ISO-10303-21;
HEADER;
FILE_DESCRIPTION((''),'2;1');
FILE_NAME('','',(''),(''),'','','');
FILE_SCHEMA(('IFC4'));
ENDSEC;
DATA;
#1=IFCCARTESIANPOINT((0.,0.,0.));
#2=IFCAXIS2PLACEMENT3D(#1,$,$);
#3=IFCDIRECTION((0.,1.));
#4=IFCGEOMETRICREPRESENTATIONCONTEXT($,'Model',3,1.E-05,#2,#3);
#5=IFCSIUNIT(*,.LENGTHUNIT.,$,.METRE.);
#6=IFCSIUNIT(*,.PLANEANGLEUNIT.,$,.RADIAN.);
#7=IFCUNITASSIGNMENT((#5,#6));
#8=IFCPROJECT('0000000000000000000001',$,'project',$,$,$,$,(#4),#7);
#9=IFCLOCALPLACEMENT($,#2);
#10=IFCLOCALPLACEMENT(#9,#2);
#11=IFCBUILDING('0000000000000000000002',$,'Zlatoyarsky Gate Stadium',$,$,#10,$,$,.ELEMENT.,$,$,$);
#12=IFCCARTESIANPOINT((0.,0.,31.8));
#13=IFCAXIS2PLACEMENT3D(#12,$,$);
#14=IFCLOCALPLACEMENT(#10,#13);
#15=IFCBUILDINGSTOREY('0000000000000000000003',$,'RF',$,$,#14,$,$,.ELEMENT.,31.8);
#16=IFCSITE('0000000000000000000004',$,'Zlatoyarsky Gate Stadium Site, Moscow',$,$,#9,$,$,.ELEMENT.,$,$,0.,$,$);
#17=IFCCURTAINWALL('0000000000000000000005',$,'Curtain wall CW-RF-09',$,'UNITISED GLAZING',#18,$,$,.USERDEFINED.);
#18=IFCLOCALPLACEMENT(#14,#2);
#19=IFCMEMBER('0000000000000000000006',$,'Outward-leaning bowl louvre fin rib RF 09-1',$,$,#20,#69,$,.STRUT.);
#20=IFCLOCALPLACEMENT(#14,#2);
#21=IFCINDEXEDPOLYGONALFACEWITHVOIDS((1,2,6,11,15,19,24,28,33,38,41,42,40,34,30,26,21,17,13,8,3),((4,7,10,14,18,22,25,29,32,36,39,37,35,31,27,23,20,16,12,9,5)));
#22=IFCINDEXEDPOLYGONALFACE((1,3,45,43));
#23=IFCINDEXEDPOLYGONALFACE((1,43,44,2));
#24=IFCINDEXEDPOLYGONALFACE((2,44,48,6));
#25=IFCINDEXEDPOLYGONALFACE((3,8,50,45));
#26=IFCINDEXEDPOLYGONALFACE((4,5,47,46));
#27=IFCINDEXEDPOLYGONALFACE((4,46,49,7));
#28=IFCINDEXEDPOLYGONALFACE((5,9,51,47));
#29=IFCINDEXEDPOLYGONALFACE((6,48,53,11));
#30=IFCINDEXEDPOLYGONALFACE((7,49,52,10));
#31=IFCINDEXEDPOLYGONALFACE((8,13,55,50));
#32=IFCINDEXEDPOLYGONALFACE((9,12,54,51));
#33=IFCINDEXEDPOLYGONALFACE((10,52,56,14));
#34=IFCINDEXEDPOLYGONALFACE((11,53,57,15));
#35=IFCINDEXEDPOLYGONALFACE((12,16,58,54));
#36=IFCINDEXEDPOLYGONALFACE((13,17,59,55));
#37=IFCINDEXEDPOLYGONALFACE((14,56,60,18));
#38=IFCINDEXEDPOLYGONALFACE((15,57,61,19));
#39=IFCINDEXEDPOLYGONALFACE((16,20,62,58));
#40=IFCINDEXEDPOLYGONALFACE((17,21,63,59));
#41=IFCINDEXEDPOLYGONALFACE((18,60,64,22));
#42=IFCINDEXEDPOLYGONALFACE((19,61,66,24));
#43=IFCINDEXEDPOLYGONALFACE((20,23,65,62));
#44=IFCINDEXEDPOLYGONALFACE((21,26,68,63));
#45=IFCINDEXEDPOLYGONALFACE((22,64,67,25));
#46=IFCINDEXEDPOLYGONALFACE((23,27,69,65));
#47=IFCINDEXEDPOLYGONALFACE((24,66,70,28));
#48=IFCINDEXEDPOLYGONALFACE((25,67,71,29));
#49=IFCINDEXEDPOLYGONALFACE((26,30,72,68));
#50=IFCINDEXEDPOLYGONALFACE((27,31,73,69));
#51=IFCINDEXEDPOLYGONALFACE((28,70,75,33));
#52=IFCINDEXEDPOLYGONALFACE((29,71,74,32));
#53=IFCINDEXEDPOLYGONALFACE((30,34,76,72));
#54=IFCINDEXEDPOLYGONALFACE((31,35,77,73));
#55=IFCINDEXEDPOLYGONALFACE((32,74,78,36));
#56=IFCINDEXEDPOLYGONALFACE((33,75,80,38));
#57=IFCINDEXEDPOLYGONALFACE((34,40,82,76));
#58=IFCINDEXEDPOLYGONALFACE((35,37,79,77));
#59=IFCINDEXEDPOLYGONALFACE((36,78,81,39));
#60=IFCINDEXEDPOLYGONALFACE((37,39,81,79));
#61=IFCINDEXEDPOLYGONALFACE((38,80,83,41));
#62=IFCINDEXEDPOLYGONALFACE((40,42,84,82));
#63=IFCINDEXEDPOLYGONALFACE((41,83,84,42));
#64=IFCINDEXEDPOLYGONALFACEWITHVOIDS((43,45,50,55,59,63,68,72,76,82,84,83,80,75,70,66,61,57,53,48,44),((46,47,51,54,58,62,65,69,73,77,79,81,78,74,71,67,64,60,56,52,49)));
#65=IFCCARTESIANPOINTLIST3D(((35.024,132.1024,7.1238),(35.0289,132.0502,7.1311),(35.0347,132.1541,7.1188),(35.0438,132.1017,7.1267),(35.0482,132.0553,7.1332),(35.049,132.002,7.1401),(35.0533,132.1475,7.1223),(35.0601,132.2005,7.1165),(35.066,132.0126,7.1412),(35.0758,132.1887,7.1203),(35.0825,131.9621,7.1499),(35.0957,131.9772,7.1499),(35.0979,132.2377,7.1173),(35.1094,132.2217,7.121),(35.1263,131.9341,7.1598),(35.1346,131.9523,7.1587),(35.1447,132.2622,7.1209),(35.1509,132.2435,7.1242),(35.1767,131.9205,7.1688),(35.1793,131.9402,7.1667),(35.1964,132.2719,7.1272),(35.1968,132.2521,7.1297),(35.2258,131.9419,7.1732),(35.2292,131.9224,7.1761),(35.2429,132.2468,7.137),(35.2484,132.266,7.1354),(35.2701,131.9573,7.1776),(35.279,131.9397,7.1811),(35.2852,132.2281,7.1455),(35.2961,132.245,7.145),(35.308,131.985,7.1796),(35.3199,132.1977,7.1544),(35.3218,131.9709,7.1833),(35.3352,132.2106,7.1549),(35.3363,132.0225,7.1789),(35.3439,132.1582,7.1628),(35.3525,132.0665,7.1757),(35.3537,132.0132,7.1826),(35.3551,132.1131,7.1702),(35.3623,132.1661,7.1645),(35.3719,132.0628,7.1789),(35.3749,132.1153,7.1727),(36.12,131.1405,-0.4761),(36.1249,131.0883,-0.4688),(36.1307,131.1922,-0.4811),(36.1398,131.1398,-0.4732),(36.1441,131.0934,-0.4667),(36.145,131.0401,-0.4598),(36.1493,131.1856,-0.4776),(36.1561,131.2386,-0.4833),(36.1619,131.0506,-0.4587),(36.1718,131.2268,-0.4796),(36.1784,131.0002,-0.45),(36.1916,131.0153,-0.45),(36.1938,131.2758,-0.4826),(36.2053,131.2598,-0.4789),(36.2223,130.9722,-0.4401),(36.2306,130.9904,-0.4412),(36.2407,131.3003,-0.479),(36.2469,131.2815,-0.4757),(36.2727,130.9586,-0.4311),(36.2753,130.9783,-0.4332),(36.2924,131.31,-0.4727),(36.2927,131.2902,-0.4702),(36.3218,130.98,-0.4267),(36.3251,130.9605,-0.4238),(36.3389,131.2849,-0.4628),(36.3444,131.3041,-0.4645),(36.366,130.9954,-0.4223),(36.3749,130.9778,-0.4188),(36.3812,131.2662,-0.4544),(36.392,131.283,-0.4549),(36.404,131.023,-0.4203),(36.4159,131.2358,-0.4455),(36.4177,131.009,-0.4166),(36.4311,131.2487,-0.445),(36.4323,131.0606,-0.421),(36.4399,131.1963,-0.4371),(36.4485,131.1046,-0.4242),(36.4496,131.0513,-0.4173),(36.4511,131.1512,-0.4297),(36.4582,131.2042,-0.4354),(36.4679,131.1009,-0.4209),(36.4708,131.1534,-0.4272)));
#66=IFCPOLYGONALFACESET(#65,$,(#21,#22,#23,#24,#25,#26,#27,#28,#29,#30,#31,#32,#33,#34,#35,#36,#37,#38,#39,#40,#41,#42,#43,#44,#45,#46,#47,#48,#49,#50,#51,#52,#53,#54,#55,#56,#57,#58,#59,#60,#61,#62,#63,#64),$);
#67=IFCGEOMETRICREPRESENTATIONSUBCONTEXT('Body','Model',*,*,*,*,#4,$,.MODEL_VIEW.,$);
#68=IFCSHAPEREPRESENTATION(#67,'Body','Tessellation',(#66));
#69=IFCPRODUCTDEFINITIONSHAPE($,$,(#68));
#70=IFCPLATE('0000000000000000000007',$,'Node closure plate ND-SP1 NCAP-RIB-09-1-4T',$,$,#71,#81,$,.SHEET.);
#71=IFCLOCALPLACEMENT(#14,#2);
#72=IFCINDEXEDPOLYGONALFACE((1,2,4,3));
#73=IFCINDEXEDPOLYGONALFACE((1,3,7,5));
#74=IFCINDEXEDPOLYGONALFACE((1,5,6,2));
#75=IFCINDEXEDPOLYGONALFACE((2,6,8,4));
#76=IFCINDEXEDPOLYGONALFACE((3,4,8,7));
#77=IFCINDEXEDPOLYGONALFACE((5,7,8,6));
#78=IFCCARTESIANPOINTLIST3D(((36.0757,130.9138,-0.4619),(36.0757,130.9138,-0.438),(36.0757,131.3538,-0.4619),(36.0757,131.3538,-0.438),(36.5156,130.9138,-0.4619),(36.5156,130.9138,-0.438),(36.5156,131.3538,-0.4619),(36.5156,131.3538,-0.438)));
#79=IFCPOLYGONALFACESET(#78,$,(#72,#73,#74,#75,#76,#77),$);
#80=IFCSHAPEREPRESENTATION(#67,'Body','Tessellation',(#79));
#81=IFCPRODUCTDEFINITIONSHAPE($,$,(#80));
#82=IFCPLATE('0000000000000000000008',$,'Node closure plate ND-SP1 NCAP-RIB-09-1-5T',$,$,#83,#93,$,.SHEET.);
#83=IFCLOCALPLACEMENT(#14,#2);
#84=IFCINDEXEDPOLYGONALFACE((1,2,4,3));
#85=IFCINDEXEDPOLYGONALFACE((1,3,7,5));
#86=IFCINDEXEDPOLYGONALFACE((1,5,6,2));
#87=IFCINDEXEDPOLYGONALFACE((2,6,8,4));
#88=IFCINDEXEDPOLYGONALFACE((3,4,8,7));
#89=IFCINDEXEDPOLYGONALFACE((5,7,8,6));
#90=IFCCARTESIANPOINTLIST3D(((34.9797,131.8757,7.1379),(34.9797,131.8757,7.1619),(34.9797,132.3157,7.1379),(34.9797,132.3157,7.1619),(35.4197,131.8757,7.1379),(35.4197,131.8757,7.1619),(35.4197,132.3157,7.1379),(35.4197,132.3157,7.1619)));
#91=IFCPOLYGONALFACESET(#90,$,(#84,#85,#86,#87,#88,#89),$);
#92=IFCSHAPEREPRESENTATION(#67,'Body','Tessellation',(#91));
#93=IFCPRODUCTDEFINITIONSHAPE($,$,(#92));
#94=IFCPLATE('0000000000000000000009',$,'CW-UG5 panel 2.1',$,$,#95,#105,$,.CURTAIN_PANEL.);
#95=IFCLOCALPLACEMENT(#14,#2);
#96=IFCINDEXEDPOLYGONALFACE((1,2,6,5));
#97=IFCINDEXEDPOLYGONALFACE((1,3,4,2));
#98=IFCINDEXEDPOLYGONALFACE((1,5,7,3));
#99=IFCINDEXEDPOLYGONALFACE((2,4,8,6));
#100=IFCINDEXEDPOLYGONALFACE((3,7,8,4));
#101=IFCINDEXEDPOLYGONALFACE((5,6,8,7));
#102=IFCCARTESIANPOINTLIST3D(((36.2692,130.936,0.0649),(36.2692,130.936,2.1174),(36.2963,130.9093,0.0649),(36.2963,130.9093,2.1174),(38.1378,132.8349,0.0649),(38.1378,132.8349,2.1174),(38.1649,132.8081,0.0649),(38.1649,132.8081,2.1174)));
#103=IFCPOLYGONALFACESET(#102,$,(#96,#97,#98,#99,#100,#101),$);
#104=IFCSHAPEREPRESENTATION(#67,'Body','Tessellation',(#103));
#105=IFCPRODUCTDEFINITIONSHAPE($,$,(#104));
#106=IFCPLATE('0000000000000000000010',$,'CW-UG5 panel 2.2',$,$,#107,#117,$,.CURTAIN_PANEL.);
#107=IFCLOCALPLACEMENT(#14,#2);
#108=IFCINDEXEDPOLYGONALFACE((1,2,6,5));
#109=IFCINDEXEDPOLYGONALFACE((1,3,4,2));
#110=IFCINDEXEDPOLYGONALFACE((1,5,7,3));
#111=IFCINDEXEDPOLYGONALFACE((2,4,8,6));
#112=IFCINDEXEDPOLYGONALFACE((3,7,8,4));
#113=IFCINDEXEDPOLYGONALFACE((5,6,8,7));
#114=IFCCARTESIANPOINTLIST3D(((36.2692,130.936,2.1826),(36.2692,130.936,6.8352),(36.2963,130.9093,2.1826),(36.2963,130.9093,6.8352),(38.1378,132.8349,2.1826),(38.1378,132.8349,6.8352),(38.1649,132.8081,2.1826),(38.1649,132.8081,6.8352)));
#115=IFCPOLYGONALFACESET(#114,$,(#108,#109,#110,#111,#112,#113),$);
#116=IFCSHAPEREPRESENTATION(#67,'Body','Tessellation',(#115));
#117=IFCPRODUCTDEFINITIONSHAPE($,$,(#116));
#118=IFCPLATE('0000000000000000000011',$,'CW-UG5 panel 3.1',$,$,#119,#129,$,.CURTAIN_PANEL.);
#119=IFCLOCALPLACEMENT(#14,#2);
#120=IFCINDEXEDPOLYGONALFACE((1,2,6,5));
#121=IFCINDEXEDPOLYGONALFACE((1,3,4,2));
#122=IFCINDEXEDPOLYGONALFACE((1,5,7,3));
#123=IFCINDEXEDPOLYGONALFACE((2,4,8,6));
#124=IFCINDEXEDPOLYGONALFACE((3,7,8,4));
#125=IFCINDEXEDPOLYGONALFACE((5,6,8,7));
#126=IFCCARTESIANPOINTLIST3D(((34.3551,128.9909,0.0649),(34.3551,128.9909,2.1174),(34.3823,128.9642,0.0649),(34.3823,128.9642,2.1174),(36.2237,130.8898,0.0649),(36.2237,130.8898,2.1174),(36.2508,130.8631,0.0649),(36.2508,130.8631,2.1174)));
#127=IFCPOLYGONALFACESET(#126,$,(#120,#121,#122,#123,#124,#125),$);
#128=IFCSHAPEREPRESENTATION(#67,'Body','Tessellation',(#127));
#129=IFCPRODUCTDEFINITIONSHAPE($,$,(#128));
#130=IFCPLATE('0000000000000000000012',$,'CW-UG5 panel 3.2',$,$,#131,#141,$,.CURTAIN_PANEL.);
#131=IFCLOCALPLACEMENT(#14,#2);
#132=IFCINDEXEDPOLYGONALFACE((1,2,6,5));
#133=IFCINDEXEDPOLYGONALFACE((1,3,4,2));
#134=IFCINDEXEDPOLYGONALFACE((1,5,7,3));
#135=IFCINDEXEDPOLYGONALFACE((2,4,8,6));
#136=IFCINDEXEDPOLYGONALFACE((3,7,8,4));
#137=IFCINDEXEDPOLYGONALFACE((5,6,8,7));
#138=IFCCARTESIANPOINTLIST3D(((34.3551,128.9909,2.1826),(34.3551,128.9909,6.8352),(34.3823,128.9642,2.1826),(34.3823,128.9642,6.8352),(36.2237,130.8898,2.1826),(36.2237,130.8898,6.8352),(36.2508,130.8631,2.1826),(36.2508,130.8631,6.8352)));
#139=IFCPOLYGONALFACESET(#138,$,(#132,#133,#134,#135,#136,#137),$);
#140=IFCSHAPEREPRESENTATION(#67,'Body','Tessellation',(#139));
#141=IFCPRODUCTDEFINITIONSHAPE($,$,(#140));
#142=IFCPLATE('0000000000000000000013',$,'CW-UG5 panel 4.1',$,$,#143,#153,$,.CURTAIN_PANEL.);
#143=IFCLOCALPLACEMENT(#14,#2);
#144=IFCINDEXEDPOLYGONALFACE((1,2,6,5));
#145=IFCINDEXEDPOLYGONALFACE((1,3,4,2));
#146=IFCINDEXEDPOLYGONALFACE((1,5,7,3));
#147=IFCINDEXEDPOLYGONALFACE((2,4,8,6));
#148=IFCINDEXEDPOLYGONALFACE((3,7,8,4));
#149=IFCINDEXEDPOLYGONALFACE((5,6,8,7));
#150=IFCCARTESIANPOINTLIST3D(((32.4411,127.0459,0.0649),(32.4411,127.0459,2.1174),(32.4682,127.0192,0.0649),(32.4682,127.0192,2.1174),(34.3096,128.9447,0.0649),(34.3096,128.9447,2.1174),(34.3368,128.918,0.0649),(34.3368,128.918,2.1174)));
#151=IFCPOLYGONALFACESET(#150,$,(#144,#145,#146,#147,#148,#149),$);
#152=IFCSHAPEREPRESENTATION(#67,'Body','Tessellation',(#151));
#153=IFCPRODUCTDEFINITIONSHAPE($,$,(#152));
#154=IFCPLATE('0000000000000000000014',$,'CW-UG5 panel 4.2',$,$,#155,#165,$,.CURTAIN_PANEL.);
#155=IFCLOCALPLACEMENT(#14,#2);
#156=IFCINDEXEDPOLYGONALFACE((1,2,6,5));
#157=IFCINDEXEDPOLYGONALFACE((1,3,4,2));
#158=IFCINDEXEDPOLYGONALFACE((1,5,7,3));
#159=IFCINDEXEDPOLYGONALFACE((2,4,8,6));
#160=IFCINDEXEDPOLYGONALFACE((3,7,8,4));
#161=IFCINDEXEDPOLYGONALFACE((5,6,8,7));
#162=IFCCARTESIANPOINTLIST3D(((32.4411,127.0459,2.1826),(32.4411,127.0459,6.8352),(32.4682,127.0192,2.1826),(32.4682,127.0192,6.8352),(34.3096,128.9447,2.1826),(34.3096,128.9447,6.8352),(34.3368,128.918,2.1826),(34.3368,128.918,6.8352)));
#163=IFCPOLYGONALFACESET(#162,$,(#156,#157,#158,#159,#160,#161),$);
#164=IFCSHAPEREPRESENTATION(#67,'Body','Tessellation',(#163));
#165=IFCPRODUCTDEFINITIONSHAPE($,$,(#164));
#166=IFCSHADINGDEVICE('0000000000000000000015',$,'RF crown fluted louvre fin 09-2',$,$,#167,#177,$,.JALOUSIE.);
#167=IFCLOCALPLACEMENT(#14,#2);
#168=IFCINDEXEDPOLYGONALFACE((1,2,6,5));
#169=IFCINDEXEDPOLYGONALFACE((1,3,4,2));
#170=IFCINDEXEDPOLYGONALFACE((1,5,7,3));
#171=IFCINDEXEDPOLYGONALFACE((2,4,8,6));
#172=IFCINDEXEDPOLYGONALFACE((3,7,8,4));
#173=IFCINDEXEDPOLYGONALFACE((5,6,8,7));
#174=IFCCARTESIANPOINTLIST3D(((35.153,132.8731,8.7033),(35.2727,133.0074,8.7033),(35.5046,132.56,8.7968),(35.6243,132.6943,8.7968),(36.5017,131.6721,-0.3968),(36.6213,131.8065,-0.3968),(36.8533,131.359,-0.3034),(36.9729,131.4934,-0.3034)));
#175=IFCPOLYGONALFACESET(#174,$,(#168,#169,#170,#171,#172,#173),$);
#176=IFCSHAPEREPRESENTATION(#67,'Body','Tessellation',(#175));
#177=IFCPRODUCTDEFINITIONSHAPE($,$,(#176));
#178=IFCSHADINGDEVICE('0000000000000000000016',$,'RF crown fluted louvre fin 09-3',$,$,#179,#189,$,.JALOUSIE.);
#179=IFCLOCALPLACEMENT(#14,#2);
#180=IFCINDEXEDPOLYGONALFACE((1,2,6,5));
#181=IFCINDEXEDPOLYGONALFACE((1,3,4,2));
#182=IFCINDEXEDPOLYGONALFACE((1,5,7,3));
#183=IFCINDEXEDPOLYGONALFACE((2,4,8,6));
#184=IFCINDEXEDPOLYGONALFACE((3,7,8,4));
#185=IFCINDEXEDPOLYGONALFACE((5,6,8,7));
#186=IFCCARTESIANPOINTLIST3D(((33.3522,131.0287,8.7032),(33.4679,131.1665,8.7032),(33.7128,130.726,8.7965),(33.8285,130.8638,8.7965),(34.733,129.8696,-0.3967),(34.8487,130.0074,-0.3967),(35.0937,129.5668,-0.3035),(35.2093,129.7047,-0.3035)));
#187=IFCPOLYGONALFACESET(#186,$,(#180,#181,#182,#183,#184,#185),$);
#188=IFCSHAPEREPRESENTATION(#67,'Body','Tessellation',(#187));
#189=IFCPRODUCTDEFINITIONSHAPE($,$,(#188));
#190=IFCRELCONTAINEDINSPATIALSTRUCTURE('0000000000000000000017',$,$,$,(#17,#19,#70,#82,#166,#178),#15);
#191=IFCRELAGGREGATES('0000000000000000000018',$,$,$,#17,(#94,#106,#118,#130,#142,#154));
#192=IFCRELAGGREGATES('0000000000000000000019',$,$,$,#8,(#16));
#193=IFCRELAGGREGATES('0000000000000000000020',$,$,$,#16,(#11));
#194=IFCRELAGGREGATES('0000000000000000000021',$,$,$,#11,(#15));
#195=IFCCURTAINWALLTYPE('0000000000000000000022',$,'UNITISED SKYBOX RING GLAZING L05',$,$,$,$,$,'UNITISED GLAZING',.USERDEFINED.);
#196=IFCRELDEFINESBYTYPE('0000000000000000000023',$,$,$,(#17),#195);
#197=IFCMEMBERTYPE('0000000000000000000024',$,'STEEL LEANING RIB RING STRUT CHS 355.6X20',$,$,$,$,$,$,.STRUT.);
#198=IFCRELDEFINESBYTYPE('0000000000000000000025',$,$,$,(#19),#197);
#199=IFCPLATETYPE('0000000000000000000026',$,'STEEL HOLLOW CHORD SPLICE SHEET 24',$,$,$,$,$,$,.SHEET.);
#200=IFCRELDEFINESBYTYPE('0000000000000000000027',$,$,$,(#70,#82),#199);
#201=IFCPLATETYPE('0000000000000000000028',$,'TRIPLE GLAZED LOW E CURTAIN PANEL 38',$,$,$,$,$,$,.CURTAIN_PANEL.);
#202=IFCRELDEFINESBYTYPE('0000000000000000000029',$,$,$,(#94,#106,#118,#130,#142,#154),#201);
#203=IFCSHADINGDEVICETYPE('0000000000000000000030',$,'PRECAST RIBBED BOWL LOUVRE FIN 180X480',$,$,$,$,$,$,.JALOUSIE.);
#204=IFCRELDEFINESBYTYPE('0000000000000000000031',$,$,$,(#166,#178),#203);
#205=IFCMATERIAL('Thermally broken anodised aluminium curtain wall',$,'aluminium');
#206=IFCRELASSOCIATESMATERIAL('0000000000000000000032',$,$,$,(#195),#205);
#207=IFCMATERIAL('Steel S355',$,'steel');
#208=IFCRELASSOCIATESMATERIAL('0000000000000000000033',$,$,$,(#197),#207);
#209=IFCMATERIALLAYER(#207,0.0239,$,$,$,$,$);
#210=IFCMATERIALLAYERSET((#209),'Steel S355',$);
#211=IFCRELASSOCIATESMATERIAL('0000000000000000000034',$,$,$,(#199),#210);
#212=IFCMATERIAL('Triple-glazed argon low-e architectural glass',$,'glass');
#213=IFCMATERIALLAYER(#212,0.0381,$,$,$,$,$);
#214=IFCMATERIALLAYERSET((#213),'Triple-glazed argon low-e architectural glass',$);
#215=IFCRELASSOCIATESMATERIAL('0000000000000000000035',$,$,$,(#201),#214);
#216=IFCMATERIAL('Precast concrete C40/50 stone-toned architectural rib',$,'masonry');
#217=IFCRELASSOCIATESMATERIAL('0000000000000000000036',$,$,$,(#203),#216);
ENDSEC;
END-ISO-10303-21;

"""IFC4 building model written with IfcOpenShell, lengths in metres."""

from ifc_helpers import new_model, si_unit, direction, frame, origin, origin_2d, place, context, subcontext, project, spatial, rectangle, hollow_circle, extrude, material, layer, layer_set, material_profile, profile_set, type_object, element, aggregate, save


model = new_model("IFC4")

# Units and contexts
model_context = context("Model", 3, precision=1e-05, world=origin(), true_north=direction((0.0, 1.0)))
body_context = subcontext(model_context, "Body", "Model", "MODEL_VIEW")
ifc_project = project(units=[si_unit("LENGTHUNIT", "METRE"), si_unit("PLANEANGLEUNIT", "RADIAN")], contexts=[model_context])

# Site, building, storey
site_placement = place(None, origin())
site = spatial("IfcSite", under=ifc_project, at=site_placement, Name="Zlatoyarsky Gate Stadium Site, Moscow", CompositionType="ELEMENT", RefElevation=0.0)
building_placement = place(site_placement, origin())
building = spatial("IfcBuilding", under=site, at=building_placement, Name="Zlatoyarsky Gate Stadium", CompositionType="ELEMENT")
storey_placement = place(building_placement, frame((0.0, 0.0, 31.8)))
storey = spatial("IfcBuildingStorey", under=building, at=storey_placement, Name="RF", CompositionType="ELEMENT", Elevation=31.8)

# Curtain wall
ifc_material_1 = material(Name="Thermally broken anodised aluminium curtain wall", Category="aluminium")
curtain_wall_type = type_object("IfcCurtainWallType", Name="UNITISED SKYBOX RING GLAZING L05", ElementType="UNITISED GLAZING", PredefinedType="USERDEFINED", material=ifc_material_1)
curtain_wall_placement = place(storey_placement, origin())
curtain_wall = element("IfcCurtainWall", 1, at=curtain_wall_placement, inside=storey, type_object=curtain_wall_type, Name="Curtain wall CW-RF-09", ObjectType="UNITISED GLAZING", PredefinedType="USERDEFINED")

# Member
ifc_material_2 = material(Name="Steel S355", Category="steel")
ifc_material_profile_1 = material_profile(ifc_material_2, hollow_circle(Radius=0.1777, WallThickness=0.02, at=origin_2d()), Name="CHS 355.6X20")
ifc_profile_set_1 = profile_set([ifc_material_profile_1], Name="Steel S355")
member_type_1 = type_object("IfcMemberType", Name="STEEL LEANING RIB RING STRUT CHS 355.6X20", PredefinedType="STRUT", material=ifc_profile_set_1)
member_1_placement = place(storey_placement, frame((36.2957, 131.1338, -0.45), z_axis=(-0.141623, 0.124303, 0.982085), x_axis=(-0.659654, -0.75157, 0.0)))
element("IfcMember", 2, at=member_1_placement, inside=storey, type_object=member_type_1, Name="Outward-leaning bowl louvre fin rib RF 09-1", PredefinedType="STRUT", context=body_context, shape_type="SweptSolid", body=[
    extrude(hollow_circle(Radius=0.1777, WallThickness=0.02, at=origin_2d()), origin(), (0.0, 0.0, 1.0), 7.7385),
])

# Plates
ifc_layer_1 = layer(ifc_material_2, 0.0239)
ifc_layer_set_1 = layer_set([ifc_layer_1], Name="Steel S355")
plate_type_1 = type_object("IfcPlateType", Name="STEEL HOLLOW CHORD SPLICE SHEET 24", PredefinedType="SHEET", material=ifc_layer_set_1)
for number, where, z_axis, x_axis, name in (
    (3, (36.2957, 131.1338, -0.4619), (0.0, 0.0, 1.0), (1.0, 0.0, 0.0), "Node closure plate ND-SP1 NCAP-RIB-09-1-4T"),
    (4, (35.1997, 132.0957, 7.1379), (0.0, 0.0, 1.0), (1.0, 0.0, 0.0), "Node closure plate ND-SP1 NCAP-RIB-09-1-5T"),
):
    element("IfcPlate", number, at=place(storey_placement, frame(where, z_axis=z_axis, x_axis=x_axis)), inside=storey, type_object=plate_type_1, Name=name, PredefinedType="SHEET", context=body_context, shape_type="SweptSolid", body=[
        extrude(rectangle(XDim=0.4399, YDim=0.4399, at=origin_2d()), origin(), (0.0, 0.0, 1.0), 0.0239),
    ])

# Plates
ifc_material_3 = material(Name="Triple-glazed argon low-e architectural glass", Category="glass")
ifc_layer_2 = layer(ifc_material_3, 0.0381)
ifc_layer_set_2 = layer_set([ifc_layer_2], Name="Triple-glazed argon low-e architectural glass")
plate_type_2 = type_object("IfcPlateType", Name="TRIPLE GLAZED LOW E CURTAIN PANEL 38", PredefinedType="CURTAIN_PANEL", material=ifc_layer_set_2)
plate_1_placement = place(storey_placement, frame((37.217, 131.8721, 0.0649), z_axis=(0.0, 0.0, 1.0), x_axis=(-0.701402, -0.712766, 0.0)))
plate_1 = element("IfcPlate", 5, at=plate_1_placement, type_object=plate_type_2, Name="CW-UG5 panel 2.1", PredefinedType="CURTAIN_PANEL", context=body_context, shape_type="SweptSolid", body=[
    extrude(rectangle(XDim=2.6641, YDim=0.0381, at=origin_2d()), origin(), (0.0, 0.0, 1.0), 2.0525),
])
plate_2_placement = place(storey_placement, frame((37.217, 131.8721, 2.1826), z_axis=(0.0, 0.0, 1.0), x_axis=(-0.701402, -0.712766, 0.0)))
plate_2 = element("IfcPlate", 6, at=plate_2_placement, type_object=plate_type_2, Name="CW-UG5 panel 2.2", PredefinedType="CURTAIN_PANEL", context=body_context, shape_type="SweptSolid", body=[
    extrude(rectangle(XDim=2.6641, YDim=0.0381, at=origin_2d()), origin(), (0.0, 0.0, 1.0), 4.6526),
])
plate_3_placement = place(storey_placement, frame((35.303, 129.927, 0.0649), z_axis=(0.0, 0.0, 1.0), x_axis=(-0.701402, -0.712766, 0.0)))
plate_3 = element("IfcPlate", 7, at=plate_3_placement, type_object=plate_type_2, Name="CW-UG5 panel 3.1", PredefinedType="CURTAIN_PANEL", context=body_context, shape_type="SweptSolid", body=[
    extrude(rectangle(XDim=2.6641, YDim=0.0381, at=origin_2d()), origin(), (0.0, 0.0, 1.0), 2.0525),
])
plate_4_placement = place(storey_placement, frame((35.303, 129.927, 2.1826), z_axis=(0.0, 0.0, 1.0), x_axis=(-0.701402, -0.712766, 0.0)))
plate_4 = element("IfcPlate", 8, at=plate_4_placement, type_object=plate_type_2, Name="CW-UG5 panel 3.2", PredefinedType="CURTAIN_PANEL", context=body_context, shape_type="SweptSolid", body=[
    extrude(rectangle(XDim=2.6641, YDim=0.0381, at=origin_2d()), origin(), (0.0, 0.0, 1.0), 4.6526),
])
plate_5_placement = place(storey_placement, frame((33.3889, 127.9819, 0.0649), z_axis=(0.0, 0.0, 1.0), x_axis=(-0.701402, -0.712766, 0.0)))
plate_5 = element("IfcPlate", 9, at=plate_5_placement, type_object=plate_type_2, Name="CW-UG5 panel 4.1", PredefinedType="CURTAIN_PANEL", context=body_context, shape_type="SweptSolid", body=[
    extrude(rectangle(XDim=2.6641, YDim=0.0381, at=origin_2d()), origin(), (0.0, 0.0, 1.0), 2.0525),
])
plate_6_placement = place(storey_placement, frame((33.3889, 127.9819, 2.1826), z_axis=(0.0, 0.0, 1.0), x_axis=(-0.701402, -0.712766, 0.0)))
plate_6 = element("IfcPlate", 10, at=plate_6_placement, type_object=plate_type_2, Name="CW-UG5 panel 4.2", PredefinedType="CURTAIN_PANEL", context=body_context, shape_type="SweptSolid", body=[
    extrude(rectangle(XDim=2.6641, YDim=0.0381, at=origin_2d()), origin(), (0.0, 0.0, 1.0), 4.6526),
])
aggregate(curtain_wall, [plate_1, plate_2, plate_3, plate_4, plate_5, plate_6])

# Shading devices
ifc_material_4 = material(Name="Precast concrete C40/50 stone-toned architectural rib", Category="masonry")
ifc_material_profile_2 = material_profile(ifc_material_4, rectangle(XDim=0.1799, YDim=0.48, at=origin_2d()), Name="RIB 180X480")
ifc_profile_set_2 = profile_set([ifc_material_profile_2], Name="Precast concrete C40/50 stone-toned architectural rib")
shading_device_type = type_object("IfcShadingDeviceType", Name="PRECAST RIBBED BOWL LOUVRE FIN 180X480", PredefinedType="JALOUSIE", material=ifc_profile_set_2)
shading_device_1_placement = place(storey_placement, frame((36.7373, 131.5828, -0.3501), z_axis=(-0.145365, 0.129445, 0.980874), x_axis=(-0.665027, -0.74682, 0.0)))
element("IfcShadingDevice", 11, at=shading_device_1_placement, inside=storey, type_object=shading_device_type, Name="RF crown fluted louvre fin 09-2", PredefinedType="JALOUSIE", context=body_context, shape_type="SweptSolid", body=[
    extrude(rectangle(XDim=0.1799, YDim=0.48, at=origin_2d()), origin(), (0.0, 0.0, 1.0), 9.2776),
])
shading_device_2_placement = place(storey_placement, frame((34.9712, 129.7871, -0.3501), z_axis=(-0.148848, 0.124952, 0.980934), x_axis=(-0.642951, -0.765908, 0.0)))
element("IfcShadingDevice", 12, at=shading_device_2_placement, inside=storey, type_object=shading_device_type, Name="RF crown fluted louvre fin 09-3", PredefinedType="JALOUSIE", context=body_context, shape_type="SweptSolid", body=[
    extrude(rectangle(XDim=0.1799, YDim=0.48, at=origin_2d()), origin(), (0.0, 0.0, 1.0), 9.2769),
])

save(model, "model.ifc")
